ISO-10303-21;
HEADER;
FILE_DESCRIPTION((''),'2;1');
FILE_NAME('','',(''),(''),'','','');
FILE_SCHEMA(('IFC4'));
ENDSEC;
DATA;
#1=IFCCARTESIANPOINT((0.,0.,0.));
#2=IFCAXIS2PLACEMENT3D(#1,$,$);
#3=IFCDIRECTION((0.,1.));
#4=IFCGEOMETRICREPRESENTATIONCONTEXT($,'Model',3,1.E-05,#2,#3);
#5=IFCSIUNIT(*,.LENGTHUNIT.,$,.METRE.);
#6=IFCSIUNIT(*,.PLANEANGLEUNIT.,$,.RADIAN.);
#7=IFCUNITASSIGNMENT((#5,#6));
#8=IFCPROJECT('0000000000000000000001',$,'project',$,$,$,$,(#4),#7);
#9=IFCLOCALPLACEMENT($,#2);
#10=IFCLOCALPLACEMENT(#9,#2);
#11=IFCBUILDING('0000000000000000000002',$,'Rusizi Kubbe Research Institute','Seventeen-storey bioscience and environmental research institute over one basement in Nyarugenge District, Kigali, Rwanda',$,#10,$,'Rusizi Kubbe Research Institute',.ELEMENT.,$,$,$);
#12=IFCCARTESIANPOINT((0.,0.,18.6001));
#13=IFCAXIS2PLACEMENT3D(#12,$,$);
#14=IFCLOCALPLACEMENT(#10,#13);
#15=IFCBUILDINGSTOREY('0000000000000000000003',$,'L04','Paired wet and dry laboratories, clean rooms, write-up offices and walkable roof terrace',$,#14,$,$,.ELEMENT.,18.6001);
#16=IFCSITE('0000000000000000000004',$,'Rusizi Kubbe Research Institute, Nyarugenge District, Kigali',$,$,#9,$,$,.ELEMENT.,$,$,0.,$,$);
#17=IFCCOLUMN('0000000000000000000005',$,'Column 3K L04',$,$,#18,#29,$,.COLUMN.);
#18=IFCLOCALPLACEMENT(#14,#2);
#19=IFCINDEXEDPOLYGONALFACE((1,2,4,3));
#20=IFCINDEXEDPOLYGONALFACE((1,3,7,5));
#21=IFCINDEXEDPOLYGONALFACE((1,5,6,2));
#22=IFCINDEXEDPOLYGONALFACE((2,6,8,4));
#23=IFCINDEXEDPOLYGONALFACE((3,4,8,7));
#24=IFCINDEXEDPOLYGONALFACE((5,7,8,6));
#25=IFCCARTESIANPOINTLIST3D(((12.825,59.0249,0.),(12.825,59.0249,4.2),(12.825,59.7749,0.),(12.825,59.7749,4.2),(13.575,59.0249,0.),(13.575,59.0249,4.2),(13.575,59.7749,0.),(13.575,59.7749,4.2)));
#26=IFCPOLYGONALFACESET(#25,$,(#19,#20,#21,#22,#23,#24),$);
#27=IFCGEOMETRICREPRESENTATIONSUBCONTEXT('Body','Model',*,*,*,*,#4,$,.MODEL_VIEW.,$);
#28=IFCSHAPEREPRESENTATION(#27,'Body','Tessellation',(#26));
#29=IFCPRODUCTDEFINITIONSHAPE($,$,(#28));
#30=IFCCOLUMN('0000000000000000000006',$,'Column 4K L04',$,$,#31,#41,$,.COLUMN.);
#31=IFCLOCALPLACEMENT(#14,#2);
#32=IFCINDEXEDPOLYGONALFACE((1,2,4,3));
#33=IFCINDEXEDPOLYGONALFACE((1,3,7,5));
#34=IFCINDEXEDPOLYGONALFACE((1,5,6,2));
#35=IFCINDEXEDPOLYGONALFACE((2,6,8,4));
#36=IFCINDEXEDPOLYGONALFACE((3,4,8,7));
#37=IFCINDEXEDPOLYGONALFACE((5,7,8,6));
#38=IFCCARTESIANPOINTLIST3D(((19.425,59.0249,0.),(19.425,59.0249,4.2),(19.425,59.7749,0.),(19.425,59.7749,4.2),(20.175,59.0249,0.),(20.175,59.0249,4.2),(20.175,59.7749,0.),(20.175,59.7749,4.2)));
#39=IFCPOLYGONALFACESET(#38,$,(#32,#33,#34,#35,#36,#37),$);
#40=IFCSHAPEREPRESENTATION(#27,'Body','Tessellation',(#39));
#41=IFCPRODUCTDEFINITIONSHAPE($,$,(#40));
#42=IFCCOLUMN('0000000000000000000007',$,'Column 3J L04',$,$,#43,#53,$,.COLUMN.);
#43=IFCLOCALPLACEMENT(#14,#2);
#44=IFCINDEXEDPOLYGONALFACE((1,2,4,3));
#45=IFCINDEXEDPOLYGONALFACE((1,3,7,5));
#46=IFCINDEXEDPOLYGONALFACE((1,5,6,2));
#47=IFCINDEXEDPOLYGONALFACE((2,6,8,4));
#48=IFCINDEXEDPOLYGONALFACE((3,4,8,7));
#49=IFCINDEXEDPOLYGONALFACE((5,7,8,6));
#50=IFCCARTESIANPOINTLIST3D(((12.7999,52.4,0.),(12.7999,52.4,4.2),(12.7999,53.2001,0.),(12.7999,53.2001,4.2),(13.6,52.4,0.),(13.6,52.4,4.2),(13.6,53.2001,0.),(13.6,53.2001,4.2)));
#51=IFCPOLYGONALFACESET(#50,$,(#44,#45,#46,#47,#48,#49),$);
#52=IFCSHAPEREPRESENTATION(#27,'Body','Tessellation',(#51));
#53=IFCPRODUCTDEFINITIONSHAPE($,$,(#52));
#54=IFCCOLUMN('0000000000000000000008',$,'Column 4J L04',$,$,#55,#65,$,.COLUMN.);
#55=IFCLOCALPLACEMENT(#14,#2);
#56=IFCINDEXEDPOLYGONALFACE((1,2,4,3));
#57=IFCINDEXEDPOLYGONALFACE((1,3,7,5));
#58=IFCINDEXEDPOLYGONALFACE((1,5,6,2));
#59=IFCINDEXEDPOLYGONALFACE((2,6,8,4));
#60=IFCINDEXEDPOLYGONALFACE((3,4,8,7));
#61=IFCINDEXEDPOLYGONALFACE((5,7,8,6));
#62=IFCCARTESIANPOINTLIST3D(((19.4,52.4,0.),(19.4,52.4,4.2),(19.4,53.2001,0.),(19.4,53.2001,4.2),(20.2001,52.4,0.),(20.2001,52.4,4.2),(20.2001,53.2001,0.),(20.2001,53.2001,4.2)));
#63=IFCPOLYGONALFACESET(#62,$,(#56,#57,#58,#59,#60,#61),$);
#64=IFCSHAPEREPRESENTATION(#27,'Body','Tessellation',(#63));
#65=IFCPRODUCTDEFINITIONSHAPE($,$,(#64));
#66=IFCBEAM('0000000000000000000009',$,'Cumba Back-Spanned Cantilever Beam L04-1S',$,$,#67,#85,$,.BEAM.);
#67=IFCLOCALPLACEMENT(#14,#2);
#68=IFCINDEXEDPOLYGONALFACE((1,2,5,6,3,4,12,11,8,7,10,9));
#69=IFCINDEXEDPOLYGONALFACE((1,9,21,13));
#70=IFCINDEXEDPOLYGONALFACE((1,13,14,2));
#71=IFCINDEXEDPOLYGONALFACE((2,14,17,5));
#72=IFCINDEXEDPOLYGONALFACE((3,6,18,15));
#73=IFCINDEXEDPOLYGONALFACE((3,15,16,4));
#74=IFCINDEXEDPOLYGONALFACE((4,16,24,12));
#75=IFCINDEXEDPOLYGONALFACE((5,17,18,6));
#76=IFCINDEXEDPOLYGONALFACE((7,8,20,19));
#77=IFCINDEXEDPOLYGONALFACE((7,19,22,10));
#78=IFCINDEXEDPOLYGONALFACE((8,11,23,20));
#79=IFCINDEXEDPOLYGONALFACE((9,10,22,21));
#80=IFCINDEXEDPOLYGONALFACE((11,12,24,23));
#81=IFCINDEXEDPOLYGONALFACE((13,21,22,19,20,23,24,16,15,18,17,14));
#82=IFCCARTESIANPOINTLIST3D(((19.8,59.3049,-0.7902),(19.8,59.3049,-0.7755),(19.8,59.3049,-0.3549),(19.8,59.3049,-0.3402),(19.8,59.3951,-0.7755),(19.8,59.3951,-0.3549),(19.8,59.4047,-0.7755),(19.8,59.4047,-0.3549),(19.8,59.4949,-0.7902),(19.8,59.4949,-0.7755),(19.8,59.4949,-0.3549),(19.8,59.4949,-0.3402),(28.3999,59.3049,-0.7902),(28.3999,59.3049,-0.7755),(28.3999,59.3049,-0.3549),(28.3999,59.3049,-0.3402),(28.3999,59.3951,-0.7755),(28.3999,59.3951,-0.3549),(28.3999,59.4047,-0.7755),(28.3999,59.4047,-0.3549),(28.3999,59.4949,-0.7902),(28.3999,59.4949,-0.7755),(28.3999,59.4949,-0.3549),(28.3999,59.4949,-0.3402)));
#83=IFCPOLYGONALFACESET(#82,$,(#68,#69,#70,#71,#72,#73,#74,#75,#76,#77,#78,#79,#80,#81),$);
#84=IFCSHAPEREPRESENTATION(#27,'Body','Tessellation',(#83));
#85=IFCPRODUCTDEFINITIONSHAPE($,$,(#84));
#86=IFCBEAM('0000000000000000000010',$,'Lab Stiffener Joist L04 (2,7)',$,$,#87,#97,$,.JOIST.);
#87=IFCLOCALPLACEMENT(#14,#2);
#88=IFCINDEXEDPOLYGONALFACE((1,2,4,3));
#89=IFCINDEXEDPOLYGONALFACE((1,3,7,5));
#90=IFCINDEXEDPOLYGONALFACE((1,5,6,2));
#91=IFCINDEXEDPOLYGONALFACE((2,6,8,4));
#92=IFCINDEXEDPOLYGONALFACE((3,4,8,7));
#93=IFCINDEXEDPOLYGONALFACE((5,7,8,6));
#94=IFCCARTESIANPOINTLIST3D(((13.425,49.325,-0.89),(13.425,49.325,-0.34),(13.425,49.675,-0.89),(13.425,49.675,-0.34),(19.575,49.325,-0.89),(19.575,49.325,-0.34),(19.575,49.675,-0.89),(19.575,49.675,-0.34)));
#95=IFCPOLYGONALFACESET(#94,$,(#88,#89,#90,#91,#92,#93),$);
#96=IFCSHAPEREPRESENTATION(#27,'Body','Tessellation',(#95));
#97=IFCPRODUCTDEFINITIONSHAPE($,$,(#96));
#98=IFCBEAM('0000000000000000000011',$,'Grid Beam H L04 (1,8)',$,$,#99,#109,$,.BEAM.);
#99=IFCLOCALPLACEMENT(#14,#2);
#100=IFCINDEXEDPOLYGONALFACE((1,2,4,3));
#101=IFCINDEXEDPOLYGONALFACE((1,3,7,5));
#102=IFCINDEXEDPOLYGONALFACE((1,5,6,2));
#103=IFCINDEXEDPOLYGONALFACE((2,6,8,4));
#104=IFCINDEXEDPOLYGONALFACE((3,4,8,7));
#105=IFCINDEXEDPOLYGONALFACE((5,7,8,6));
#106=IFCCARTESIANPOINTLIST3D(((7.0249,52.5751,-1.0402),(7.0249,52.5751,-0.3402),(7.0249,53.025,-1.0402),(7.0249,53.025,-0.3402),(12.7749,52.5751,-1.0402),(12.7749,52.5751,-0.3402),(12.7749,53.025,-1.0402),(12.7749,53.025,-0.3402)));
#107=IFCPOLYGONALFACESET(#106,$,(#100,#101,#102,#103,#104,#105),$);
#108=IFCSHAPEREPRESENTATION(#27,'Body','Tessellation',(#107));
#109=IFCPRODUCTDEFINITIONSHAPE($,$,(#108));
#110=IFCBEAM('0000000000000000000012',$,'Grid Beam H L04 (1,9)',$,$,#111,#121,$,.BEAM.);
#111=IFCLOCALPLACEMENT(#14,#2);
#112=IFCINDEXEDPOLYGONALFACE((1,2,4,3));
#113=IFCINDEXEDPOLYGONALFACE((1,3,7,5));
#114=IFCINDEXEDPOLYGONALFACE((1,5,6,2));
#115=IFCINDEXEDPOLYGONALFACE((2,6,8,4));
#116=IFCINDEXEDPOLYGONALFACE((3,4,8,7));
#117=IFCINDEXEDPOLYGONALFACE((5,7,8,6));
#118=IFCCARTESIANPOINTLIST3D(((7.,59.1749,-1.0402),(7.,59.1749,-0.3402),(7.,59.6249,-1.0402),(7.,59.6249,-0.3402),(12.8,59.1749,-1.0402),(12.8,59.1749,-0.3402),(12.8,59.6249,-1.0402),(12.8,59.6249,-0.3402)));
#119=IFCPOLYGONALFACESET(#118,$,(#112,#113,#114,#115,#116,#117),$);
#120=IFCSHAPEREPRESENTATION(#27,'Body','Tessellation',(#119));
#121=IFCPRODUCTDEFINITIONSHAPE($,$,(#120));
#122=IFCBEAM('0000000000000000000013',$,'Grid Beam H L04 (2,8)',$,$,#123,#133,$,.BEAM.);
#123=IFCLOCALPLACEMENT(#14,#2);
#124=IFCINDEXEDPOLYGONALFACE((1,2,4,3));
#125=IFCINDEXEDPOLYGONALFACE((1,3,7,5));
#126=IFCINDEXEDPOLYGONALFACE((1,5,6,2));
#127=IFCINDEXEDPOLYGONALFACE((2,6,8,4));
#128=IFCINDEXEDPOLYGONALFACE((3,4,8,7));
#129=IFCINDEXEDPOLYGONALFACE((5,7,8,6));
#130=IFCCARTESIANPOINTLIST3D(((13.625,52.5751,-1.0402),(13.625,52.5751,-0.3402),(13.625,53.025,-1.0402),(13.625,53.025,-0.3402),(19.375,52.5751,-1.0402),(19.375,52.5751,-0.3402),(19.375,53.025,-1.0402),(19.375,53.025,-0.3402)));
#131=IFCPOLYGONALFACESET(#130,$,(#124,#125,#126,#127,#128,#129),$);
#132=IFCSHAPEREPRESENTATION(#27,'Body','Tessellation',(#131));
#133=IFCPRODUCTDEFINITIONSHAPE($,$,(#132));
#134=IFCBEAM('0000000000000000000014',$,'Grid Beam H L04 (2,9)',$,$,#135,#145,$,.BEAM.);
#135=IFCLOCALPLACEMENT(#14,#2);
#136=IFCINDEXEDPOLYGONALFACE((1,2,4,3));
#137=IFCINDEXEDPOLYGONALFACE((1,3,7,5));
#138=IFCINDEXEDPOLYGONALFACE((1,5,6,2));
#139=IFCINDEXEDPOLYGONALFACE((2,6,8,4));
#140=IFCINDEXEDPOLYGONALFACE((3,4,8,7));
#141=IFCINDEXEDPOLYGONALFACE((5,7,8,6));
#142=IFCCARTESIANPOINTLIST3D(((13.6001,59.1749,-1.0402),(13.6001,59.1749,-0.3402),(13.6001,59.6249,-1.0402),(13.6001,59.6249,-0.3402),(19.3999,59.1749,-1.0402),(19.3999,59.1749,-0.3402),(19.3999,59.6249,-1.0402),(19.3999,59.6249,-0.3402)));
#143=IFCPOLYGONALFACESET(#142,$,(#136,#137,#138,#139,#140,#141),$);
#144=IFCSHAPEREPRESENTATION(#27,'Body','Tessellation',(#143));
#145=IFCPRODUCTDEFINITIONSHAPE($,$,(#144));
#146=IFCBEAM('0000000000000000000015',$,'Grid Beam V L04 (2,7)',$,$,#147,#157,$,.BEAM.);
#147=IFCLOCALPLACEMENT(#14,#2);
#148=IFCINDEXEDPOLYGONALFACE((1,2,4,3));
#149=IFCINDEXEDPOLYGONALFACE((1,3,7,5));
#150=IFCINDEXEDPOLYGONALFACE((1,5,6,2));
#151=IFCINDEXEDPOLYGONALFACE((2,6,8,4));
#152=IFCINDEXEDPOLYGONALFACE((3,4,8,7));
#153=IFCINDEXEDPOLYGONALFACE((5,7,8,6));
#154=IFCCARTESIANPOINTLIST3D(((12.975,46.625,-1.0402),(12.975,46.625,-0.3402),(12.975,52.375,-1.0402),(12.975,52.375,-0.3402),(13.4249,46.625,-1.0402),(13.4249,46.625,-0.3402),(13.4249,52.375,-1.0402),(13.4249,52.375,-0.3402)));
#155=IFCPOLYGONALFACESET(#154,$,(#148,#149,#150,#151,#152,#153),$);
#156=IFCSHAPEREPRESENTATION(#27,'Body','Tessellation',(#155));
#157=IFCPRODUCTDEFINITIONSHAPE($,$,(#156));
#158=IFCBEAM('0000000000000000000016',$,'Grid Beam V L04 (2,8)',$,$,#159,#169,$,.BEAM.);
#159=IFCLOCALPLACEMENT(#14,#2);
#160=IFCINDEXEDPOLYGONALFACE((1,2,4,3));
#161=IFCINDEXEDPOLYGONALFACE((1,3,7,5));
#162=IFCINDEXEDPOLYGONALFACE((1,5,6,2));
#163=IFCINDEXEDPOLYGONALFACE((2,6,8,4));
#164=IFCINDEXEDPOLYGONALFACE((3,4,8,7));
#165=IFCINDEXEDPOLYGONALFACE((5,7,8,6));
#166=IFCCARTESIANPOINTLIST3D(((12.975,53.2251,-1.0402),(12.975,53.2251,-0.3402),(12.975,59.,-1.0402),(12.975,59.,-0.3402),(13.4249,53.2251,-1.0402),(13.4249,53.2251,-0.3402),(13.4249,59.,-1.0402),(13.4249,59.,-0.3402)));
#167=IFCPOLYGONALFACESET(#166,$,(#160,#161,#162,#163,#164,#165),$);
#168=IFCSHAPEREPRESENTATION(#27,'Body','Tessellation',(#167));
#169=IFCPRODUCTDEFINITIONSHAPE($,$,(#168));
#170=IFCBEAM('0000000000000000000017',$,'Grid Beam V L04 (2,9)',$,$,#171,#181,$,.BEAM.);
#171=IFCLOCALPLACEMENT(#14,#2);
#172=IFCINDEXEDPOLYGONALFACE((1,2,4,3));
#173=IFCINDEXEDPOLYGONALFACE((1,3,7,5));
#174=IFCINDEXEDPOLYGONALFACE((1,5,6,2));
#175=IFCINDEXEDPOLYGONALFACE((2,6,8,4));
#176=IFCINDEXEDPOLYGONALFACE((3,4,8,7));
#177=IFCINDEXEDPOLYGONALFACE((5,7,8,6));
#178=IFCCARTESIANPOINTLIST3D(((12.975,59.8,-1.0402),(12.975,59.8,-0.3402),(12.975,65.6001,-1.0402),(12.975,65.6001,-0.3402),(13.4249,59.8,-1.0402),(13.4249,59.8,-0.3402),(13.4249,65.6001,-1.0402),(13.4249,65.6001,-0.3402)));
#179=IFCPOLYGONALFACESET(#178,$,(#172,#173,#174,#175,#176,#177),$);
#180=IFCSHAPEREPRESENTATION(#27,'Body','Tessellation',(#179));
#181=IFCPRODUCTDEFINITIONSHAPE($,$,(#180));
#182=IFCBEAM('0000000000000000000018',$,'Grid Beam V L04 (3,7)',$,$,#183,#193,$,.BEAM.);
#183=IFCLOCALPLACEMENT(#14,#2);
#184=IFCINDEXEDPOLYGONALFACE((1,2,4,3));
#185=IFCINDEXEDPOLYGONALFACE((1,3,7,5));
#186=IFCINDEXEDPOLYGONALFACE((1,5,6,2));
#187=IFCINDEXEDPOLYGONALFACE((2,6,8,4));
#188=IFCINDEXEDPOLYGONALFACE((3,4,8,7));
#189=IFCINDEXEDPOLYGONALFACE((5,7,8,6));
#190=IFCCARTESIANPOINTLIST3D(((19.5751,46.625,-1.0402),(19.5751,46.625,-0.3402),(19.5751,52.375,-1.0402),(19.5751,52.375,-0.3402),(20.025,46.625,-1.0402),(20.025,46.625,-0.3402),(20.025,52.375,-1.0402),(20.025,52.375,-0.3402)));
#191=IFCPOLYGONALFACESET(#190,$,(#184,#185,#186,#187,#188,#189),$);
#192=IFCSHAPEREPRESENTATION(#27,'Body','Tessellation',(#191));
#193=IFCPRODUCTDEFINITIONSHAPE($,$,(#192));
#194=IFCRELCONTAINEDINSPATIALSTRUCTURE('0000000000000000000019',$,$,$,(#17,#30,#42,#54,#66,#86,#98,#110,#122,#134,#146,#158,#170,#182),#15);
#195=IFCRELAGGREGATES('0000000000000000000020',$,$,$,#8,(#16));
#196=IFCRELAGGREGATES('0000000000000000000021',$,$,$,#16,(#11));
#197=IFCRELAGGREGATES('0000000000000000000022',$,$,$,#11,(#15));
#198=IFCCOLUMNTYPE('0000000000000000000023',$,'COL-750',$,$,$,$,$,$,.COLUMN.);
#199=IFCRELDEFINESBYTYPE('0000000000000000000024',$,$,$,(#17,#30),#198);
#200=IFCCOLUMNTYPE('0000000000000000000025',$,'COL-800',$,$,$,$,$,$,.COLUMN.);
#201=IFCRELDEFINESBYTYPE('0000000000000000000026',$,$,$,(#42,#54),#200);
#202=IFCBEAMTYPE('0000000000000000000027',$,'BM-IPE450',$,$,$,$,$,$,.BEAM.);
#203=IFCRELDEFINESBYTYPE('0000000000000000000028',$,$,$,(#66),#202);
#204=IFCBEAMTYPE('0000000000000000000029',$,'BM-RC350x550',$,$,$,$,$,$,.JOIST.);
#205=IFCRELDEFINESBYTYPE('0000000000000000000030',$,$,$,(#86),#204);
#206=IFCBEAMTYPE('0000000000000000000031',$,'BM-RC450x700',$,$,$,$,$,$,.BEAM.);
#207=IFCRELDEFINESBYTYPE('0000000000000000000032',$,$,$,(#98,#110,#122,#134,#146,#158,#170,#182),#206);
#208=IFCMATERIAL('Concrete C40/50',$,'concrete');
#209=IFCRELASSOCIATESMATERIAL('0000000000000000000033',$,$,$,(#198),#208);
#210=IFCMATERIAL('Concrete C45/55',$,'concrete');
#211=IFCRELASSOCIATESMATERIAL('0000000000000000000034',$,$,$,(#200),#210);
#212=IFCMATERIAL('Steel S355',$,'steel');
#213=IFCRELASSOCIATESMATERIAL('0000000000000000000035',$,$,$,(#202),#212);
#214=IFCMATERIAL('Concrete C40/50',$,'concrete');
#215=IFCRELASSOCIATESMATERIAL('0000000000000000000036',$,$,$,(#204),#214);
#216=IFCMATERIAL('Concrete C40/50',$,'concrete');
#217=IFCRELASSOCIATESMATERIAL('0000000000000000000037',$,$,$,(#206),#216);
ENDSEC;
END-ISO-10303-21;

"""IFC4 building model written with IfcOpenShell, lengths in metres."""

from ifc_helpers import new_model, si_unit, direction, frame, origin, origin_2d, place, context, subcontext, project, spatial, rectangle, i_section, extrude, material, material_profile, profile_set, type_object, element, save


model = new_model("IFC4")

# Units and contexts
model_context = context("Model", 3, precision=1e-05, world=origin(), true_north=direction((0.0, 1.0)))
body_context = subcontext(model_context, "Body", "Model", "MODEL_VIEW")
ifc_project = project(units=[si_unit("LENGTHUNIT", "METRE"), si_unit("PLANEANGLEUNIT", "RADIAN")], contexts=[model_context])

# Site, building, storey
site_placement = place(None, origin())
site = spatial("IfcSite", under=ifc_project, at=site_placement, Name="Rusizi Kubbe Research Institute, Nyarugenge District, Kigali", CompositionType="ELEMENT", RefElevation=0.0)
building_placement = place(site_placement, origin())
building = spatial("IfcBuilding", under=site, at=building_placement, Name="Rusizi Kubbe Research Institute", Description="Seventeen-storey bioscience and environmental research institute over one basement in Nyarugenge District, Kigali, Rwanda", LongName="Rusizi Kubbe Research Institute", CompositionType="ELEMENT")
storey_placement = place(building_placement, frame((0.0, 0.0, 18.6001)))
storey = spatial("IfcBuildingStorey", under=building, at=storey_placement, Name="L04", Description="Paired wet and dry laboratories, clean rooms, write-up offices and walkable roof terrace", CompositionType="ELEMENT", Elevation=18.6001)

# Columns
ifc_material_1 = material(Name="Concrete C40/50", Category="concrete")
ifc_material_profile_1 = material_profile(ifc_material_1, rectangle(XDim=0.75, YDim=0.75, at=origin_2d()), Name="RC750x750")
ifc_profile_set_1 = profile_set([ifc_material_profile_1], Name="Concrete C40/50")
column_type_1 = type_object("IfcColumnType", Name="COL-750", PredefinedType="COLUMN", material=ifc_profile_set_1)
for number, where, z_axis, x_axis, name in (
    (1, (13.2, 59.3999, 0.0), (0.0, 0.0, 1.0), (1.0, 0.0, 0.0), "Column 3K L04"),
    (2, (19.8, 59.3999, 0.0), (0.0, 0.0, 1.0), (1.0, 0.0, 0.0), "Column 4K L04"),
):
    element("IfcColumn", number, at=place(storey_placement, frame(where, z_axis=z_axis, x_axis=x_axis)), inside=storey, type_object=column_type_1, Name=name, PredefinedType="COLUMN", context=body_context, shape_type="SweptSolid", body=[
        extrude(rectangle(XDim=0.75, YDim=0.75, at=origin_2d()), origin(), (0.0, 0.0, 1.0), 4.2),
    ])
ifc_material_2 = material(Name="Concrete C45/55", Category="concrete")
ifc_material_profile_2 = material_profile(ifc_material_2, rectangle(XDim=0.8, YDim=0.8, at=origin_2d()), Name="RC800x800")
ifc_profile_set_2 = profile_set([ifc_material_profile_2], Name="Concrete C45/55")
column_type_2 = type_object("IfcColumnType", Name="COL-800", PredefinedType="COLUMN", material=ifc_profile_set_2)
for number, where, z_axis, x_axis, name in (
    (3, (13.2, 52.8, 0.0), (0.0, 0.0, 1.0), (1.0, 0.0, 0.0), "Column 3J L04"),
    (4, (19.8, 52.8, 0.0), (0.0, 0.0, 1.0), (1.0, 0.0, 0.0), "Column 4J L04"),
):
    element("IfcColumn", number, at=place(storey_placement, frame(where, z_axis=z_axis, x_axis=x_axis)), inside=storey, type_object=column_type_2, Name=name, PredefinedType="COLUMN", context=body_context, shape_type="SweptSolid", body=[
        extrude(rectangle(XDim=0.8, YDim=0.8, at=origin_2d()), origin(), (0.0, 0.0, 1.0), 4.2),
    ])

# Beams
ifc_material_3 = material(Name="Steel S355", Category="steel")
ifc_material_profile_3 = material_profile(ifc_material_3, i_section(OverallWidth=0.1899, OverallDepth=0.45, WebThickness=0.0095, FlangeThickness=0.0146, at=origin_2d()), Name="IPE 450")
ifc_profile_set_3 = profile_set([ifc_material_profile_3], Name="Steel S355")
beam_type_1 = type_object("IfcBeamType", Name="BM-IPE450", PredefinedType="BEAM", material=ifc_profile_set_3)
beam_1_placement = place(storey_placement, frame((19.8, 59.3999, -0.5652), z_axis=(1.0, 0.0, 0.0), x_axis=(0.0, 1.0, 0.0)))
element("IfcBeam", 5, at=beam_1_placement, inside=storey, type_object=beam_type_1, Name="Cumba Back-Spanned Cantilever Beam L04-1S", PredefinedType="BEAM", context=body_context, shape_type="SweptSolid", body=[
    extrude(i_section(OverallWidth=0.1899, OverallDepth=0.45, WebThickness=0.0095, FlangeThickness=0.0146, at=origin_2d()), origin(), (0.0, 0.0, 1.0), 8.5999),
])
ifc_material_4 = material(Name="Concrete C40/50", Category="concrete")
ifc_material_profile_4 = material_profile(ifc_material_4, rectangle(XDim=0.3501, YDim=0.55, at=origin_2d()), Name="RC350x550")
ifc_profile_set_4 = profile_set([ifc_material_profile_4], Name="Concrete C40/50")
beam_type_2 = type_object("IfcBeamType", Name="BM-RC350x550", PredefinedType="JOIST", material=ifc_profile_set_4)
beam_2_placement = place(storey_placement, frame((13.425, 49.5, -0.615), z_axis=(1.0, 0.0, 0.0), x_axis=(0.0, 1.0, 0.0)))
element("IfcBeam", 6, at=beam_2_placement, inside=storey, type_object=beam_type_2, Name="Lab Stiffener Joist L04 (2,7)", PredefinedType="JOIST", context=body_context, shape_type="SweptSolid", body=[
    extrude(rectangle(XDim=0.3501, YDim=0.55, at=origin_2d()), origin(), (0.0, 0.0, 1.0), 6.1499),
])
ifc_material_5 = material(Name="Concrete C40/50", Category="concrete")
ifc_material_profile_5 = material_profile(ifc_material_5, rectangle(XDim=0.45, YDim=0.7, at=origin_2d()), Name="RC450x700B")
ifc_profile_set_5 = profile_set([ifc_material_profile_5], Name="Concrete C40/50")
beam_type_3 = type_object("IfcBeamType", Name="BM-RC450x700", PredefinedType="BEAM", material=ifc_profile_set_5)
beam_3_placement = place(storey_placement, frame((7.0249, 52.8, -0.6902), z_axis=(1.0, 0.0, 0.0), x_axis=(0.0, 1.0, 0.0)))
element("IfcBeam", 7, at=beam_3_placement, inside=storey, type_object=beam_type_3, Name="Grid Beam H L04 (1,8)", PredefinedType="BEAM", context=body_context, shape_type="SweptSolid", body=[
    extrude(rectangle(XDim=0.45, YDim=0.7, at=origin_2d()), origin(), (0.0, 0.0, 1.0), 5.75),
])
beam_4_placement = place(storey_placement, frame((7.0, 59.3999, -0.6902), z_axis=(1.0, 0.0, 0.0), x_axis=(0.0, 1.0, 0.0)))
element("IfcBeam", 8, at=beam_4_placement, inside=storey, type_object=beam_type_3, Name="Grid Beam H L04 (1,9)", PredefinedType="BEAM", context=body_context, shape_type="SweptSolid", body=[
    extrude(rectangle(XDim=0.45, YDim=0.7, at=origin_2d()), origin(), (0.0, 0.0, 1.0), 5.8),
])
beam_5_placement = place(storey_placement, frame((13.625, 52.8, -0.6902), z_axis=(1.0, 0.0, 0.0), x_axis=(0.0, 1.0, 0.0)))
element("IfcBeam", 9, at=beam_5_placement, inside=storey, type_object=beam_type_3, Name="Grid Beam H L04 (2,8)", PredefinedType="BEAM", context=body_context, shape_type="SweptSolid", body=[
    extrude(rectangle(XDim=0.45, YDim=0.7, at=origin_2d()), origin(), (0.0, 0.0, 1.0), 5.75),
])
beam_6_placement = place(storey_placement, frame((13.6001, 59.3999, -0.6902), z_axis=(1.0, 0.0, 0.0), x_axis=(0.0, 1.0, 0.0)))
element("IfcBeam", 10, at=beam_6_placement, inside=storey, type_object=beam_type_3, Name="Grid Beam H L04 (2,9)", PredefinedType="BEAM", context=body_context, shape_type="SweptSolid", body=[
    extrude(rectangle(XDim=0.45, YDim=0.7, at=origin_2d()), origin(), (0.0, 0.0, 1.0), 5.7998),
])
beam_7_placement = place(storey_placement, frame((13.2, 46.625, -0.6902), z_axis=(0.0, 1.0, 0.0), x_axis=(-1.0, 0.0, 0.0)))
element("IfcBeam", 11, at=beam_7_placement, inside=storey, type_object=beam_type_3, Name="Grid Beam V L04 (2,7)", PredefinedType="BEAM", context=body_context, shape_type="SweptSolid", body=[
    extrude(rectangle(XDim=0.45, YDim=0.7, at=origin_2d()), origin(), (0.0, 0.0, 1.0), 5.75),
])
beam_8_placement = place(storey_placement, frame((13.2, 53.2251, -0.6902), z_axis=(0.0, 1.0, 0.0), x_axis=(-1.0, 0.0, 0.0)))
element("IfcBeam", 12, at=beam_8_placement, inside=storey, type_object=beam_type_3, Name="Grid Beam V L04 (2,8)", PredefinedType="BEAM", context=body_context, shape_type="SweptSolid", body=[
    extrude(rectangle(XDim=0.45, YDim=0.7, at=origin_2d()), origin(), (0.0, 0.0, 1.0), 5.7749),
])
beam_9_placement = place(storey_placement, frame((13.2, 59.8, -0.6902), z_axis=(0.0, 1.0, 0.0), x_axis=(-1.0, 0.0, 0.0)))
element("IfcBeam", 13, at=beam_9_placement, inside=storey, type_object=beam_type_3, Name="Grid Beam V L04 (2,9)", PredefinedType="BEAM", context=body_context, shape_type="SweptSolid", body=[
    extrude(rectangle(XDim=0.45, YDim=0.7, at=origin_2d()), origin(), (0.0, 0.0, 1.0), 5.8),
])
beam_10_placement = place(storey_placement, frame((19.8, 46.625, -0.6902), z_axis=(0.0, 1.0, 0.0), x_axis=(-1.0, 0.0, 0.0)))
element("IfcBeam", 14, at=beam_10_placement, inside=storey, type_object=beam_type_3, Name="Grid Beam V L04 (3,7)", PredefinedType="BEAM", context=body_context, shape_type="SweptSolid", body=[
    extrude(rectangle(XDim=0.45, YDim=0.7, at=origin_2d()), origin(), (0.0, 0.0, 1.0), 5.75),
])

save(model, "model.ifc")
